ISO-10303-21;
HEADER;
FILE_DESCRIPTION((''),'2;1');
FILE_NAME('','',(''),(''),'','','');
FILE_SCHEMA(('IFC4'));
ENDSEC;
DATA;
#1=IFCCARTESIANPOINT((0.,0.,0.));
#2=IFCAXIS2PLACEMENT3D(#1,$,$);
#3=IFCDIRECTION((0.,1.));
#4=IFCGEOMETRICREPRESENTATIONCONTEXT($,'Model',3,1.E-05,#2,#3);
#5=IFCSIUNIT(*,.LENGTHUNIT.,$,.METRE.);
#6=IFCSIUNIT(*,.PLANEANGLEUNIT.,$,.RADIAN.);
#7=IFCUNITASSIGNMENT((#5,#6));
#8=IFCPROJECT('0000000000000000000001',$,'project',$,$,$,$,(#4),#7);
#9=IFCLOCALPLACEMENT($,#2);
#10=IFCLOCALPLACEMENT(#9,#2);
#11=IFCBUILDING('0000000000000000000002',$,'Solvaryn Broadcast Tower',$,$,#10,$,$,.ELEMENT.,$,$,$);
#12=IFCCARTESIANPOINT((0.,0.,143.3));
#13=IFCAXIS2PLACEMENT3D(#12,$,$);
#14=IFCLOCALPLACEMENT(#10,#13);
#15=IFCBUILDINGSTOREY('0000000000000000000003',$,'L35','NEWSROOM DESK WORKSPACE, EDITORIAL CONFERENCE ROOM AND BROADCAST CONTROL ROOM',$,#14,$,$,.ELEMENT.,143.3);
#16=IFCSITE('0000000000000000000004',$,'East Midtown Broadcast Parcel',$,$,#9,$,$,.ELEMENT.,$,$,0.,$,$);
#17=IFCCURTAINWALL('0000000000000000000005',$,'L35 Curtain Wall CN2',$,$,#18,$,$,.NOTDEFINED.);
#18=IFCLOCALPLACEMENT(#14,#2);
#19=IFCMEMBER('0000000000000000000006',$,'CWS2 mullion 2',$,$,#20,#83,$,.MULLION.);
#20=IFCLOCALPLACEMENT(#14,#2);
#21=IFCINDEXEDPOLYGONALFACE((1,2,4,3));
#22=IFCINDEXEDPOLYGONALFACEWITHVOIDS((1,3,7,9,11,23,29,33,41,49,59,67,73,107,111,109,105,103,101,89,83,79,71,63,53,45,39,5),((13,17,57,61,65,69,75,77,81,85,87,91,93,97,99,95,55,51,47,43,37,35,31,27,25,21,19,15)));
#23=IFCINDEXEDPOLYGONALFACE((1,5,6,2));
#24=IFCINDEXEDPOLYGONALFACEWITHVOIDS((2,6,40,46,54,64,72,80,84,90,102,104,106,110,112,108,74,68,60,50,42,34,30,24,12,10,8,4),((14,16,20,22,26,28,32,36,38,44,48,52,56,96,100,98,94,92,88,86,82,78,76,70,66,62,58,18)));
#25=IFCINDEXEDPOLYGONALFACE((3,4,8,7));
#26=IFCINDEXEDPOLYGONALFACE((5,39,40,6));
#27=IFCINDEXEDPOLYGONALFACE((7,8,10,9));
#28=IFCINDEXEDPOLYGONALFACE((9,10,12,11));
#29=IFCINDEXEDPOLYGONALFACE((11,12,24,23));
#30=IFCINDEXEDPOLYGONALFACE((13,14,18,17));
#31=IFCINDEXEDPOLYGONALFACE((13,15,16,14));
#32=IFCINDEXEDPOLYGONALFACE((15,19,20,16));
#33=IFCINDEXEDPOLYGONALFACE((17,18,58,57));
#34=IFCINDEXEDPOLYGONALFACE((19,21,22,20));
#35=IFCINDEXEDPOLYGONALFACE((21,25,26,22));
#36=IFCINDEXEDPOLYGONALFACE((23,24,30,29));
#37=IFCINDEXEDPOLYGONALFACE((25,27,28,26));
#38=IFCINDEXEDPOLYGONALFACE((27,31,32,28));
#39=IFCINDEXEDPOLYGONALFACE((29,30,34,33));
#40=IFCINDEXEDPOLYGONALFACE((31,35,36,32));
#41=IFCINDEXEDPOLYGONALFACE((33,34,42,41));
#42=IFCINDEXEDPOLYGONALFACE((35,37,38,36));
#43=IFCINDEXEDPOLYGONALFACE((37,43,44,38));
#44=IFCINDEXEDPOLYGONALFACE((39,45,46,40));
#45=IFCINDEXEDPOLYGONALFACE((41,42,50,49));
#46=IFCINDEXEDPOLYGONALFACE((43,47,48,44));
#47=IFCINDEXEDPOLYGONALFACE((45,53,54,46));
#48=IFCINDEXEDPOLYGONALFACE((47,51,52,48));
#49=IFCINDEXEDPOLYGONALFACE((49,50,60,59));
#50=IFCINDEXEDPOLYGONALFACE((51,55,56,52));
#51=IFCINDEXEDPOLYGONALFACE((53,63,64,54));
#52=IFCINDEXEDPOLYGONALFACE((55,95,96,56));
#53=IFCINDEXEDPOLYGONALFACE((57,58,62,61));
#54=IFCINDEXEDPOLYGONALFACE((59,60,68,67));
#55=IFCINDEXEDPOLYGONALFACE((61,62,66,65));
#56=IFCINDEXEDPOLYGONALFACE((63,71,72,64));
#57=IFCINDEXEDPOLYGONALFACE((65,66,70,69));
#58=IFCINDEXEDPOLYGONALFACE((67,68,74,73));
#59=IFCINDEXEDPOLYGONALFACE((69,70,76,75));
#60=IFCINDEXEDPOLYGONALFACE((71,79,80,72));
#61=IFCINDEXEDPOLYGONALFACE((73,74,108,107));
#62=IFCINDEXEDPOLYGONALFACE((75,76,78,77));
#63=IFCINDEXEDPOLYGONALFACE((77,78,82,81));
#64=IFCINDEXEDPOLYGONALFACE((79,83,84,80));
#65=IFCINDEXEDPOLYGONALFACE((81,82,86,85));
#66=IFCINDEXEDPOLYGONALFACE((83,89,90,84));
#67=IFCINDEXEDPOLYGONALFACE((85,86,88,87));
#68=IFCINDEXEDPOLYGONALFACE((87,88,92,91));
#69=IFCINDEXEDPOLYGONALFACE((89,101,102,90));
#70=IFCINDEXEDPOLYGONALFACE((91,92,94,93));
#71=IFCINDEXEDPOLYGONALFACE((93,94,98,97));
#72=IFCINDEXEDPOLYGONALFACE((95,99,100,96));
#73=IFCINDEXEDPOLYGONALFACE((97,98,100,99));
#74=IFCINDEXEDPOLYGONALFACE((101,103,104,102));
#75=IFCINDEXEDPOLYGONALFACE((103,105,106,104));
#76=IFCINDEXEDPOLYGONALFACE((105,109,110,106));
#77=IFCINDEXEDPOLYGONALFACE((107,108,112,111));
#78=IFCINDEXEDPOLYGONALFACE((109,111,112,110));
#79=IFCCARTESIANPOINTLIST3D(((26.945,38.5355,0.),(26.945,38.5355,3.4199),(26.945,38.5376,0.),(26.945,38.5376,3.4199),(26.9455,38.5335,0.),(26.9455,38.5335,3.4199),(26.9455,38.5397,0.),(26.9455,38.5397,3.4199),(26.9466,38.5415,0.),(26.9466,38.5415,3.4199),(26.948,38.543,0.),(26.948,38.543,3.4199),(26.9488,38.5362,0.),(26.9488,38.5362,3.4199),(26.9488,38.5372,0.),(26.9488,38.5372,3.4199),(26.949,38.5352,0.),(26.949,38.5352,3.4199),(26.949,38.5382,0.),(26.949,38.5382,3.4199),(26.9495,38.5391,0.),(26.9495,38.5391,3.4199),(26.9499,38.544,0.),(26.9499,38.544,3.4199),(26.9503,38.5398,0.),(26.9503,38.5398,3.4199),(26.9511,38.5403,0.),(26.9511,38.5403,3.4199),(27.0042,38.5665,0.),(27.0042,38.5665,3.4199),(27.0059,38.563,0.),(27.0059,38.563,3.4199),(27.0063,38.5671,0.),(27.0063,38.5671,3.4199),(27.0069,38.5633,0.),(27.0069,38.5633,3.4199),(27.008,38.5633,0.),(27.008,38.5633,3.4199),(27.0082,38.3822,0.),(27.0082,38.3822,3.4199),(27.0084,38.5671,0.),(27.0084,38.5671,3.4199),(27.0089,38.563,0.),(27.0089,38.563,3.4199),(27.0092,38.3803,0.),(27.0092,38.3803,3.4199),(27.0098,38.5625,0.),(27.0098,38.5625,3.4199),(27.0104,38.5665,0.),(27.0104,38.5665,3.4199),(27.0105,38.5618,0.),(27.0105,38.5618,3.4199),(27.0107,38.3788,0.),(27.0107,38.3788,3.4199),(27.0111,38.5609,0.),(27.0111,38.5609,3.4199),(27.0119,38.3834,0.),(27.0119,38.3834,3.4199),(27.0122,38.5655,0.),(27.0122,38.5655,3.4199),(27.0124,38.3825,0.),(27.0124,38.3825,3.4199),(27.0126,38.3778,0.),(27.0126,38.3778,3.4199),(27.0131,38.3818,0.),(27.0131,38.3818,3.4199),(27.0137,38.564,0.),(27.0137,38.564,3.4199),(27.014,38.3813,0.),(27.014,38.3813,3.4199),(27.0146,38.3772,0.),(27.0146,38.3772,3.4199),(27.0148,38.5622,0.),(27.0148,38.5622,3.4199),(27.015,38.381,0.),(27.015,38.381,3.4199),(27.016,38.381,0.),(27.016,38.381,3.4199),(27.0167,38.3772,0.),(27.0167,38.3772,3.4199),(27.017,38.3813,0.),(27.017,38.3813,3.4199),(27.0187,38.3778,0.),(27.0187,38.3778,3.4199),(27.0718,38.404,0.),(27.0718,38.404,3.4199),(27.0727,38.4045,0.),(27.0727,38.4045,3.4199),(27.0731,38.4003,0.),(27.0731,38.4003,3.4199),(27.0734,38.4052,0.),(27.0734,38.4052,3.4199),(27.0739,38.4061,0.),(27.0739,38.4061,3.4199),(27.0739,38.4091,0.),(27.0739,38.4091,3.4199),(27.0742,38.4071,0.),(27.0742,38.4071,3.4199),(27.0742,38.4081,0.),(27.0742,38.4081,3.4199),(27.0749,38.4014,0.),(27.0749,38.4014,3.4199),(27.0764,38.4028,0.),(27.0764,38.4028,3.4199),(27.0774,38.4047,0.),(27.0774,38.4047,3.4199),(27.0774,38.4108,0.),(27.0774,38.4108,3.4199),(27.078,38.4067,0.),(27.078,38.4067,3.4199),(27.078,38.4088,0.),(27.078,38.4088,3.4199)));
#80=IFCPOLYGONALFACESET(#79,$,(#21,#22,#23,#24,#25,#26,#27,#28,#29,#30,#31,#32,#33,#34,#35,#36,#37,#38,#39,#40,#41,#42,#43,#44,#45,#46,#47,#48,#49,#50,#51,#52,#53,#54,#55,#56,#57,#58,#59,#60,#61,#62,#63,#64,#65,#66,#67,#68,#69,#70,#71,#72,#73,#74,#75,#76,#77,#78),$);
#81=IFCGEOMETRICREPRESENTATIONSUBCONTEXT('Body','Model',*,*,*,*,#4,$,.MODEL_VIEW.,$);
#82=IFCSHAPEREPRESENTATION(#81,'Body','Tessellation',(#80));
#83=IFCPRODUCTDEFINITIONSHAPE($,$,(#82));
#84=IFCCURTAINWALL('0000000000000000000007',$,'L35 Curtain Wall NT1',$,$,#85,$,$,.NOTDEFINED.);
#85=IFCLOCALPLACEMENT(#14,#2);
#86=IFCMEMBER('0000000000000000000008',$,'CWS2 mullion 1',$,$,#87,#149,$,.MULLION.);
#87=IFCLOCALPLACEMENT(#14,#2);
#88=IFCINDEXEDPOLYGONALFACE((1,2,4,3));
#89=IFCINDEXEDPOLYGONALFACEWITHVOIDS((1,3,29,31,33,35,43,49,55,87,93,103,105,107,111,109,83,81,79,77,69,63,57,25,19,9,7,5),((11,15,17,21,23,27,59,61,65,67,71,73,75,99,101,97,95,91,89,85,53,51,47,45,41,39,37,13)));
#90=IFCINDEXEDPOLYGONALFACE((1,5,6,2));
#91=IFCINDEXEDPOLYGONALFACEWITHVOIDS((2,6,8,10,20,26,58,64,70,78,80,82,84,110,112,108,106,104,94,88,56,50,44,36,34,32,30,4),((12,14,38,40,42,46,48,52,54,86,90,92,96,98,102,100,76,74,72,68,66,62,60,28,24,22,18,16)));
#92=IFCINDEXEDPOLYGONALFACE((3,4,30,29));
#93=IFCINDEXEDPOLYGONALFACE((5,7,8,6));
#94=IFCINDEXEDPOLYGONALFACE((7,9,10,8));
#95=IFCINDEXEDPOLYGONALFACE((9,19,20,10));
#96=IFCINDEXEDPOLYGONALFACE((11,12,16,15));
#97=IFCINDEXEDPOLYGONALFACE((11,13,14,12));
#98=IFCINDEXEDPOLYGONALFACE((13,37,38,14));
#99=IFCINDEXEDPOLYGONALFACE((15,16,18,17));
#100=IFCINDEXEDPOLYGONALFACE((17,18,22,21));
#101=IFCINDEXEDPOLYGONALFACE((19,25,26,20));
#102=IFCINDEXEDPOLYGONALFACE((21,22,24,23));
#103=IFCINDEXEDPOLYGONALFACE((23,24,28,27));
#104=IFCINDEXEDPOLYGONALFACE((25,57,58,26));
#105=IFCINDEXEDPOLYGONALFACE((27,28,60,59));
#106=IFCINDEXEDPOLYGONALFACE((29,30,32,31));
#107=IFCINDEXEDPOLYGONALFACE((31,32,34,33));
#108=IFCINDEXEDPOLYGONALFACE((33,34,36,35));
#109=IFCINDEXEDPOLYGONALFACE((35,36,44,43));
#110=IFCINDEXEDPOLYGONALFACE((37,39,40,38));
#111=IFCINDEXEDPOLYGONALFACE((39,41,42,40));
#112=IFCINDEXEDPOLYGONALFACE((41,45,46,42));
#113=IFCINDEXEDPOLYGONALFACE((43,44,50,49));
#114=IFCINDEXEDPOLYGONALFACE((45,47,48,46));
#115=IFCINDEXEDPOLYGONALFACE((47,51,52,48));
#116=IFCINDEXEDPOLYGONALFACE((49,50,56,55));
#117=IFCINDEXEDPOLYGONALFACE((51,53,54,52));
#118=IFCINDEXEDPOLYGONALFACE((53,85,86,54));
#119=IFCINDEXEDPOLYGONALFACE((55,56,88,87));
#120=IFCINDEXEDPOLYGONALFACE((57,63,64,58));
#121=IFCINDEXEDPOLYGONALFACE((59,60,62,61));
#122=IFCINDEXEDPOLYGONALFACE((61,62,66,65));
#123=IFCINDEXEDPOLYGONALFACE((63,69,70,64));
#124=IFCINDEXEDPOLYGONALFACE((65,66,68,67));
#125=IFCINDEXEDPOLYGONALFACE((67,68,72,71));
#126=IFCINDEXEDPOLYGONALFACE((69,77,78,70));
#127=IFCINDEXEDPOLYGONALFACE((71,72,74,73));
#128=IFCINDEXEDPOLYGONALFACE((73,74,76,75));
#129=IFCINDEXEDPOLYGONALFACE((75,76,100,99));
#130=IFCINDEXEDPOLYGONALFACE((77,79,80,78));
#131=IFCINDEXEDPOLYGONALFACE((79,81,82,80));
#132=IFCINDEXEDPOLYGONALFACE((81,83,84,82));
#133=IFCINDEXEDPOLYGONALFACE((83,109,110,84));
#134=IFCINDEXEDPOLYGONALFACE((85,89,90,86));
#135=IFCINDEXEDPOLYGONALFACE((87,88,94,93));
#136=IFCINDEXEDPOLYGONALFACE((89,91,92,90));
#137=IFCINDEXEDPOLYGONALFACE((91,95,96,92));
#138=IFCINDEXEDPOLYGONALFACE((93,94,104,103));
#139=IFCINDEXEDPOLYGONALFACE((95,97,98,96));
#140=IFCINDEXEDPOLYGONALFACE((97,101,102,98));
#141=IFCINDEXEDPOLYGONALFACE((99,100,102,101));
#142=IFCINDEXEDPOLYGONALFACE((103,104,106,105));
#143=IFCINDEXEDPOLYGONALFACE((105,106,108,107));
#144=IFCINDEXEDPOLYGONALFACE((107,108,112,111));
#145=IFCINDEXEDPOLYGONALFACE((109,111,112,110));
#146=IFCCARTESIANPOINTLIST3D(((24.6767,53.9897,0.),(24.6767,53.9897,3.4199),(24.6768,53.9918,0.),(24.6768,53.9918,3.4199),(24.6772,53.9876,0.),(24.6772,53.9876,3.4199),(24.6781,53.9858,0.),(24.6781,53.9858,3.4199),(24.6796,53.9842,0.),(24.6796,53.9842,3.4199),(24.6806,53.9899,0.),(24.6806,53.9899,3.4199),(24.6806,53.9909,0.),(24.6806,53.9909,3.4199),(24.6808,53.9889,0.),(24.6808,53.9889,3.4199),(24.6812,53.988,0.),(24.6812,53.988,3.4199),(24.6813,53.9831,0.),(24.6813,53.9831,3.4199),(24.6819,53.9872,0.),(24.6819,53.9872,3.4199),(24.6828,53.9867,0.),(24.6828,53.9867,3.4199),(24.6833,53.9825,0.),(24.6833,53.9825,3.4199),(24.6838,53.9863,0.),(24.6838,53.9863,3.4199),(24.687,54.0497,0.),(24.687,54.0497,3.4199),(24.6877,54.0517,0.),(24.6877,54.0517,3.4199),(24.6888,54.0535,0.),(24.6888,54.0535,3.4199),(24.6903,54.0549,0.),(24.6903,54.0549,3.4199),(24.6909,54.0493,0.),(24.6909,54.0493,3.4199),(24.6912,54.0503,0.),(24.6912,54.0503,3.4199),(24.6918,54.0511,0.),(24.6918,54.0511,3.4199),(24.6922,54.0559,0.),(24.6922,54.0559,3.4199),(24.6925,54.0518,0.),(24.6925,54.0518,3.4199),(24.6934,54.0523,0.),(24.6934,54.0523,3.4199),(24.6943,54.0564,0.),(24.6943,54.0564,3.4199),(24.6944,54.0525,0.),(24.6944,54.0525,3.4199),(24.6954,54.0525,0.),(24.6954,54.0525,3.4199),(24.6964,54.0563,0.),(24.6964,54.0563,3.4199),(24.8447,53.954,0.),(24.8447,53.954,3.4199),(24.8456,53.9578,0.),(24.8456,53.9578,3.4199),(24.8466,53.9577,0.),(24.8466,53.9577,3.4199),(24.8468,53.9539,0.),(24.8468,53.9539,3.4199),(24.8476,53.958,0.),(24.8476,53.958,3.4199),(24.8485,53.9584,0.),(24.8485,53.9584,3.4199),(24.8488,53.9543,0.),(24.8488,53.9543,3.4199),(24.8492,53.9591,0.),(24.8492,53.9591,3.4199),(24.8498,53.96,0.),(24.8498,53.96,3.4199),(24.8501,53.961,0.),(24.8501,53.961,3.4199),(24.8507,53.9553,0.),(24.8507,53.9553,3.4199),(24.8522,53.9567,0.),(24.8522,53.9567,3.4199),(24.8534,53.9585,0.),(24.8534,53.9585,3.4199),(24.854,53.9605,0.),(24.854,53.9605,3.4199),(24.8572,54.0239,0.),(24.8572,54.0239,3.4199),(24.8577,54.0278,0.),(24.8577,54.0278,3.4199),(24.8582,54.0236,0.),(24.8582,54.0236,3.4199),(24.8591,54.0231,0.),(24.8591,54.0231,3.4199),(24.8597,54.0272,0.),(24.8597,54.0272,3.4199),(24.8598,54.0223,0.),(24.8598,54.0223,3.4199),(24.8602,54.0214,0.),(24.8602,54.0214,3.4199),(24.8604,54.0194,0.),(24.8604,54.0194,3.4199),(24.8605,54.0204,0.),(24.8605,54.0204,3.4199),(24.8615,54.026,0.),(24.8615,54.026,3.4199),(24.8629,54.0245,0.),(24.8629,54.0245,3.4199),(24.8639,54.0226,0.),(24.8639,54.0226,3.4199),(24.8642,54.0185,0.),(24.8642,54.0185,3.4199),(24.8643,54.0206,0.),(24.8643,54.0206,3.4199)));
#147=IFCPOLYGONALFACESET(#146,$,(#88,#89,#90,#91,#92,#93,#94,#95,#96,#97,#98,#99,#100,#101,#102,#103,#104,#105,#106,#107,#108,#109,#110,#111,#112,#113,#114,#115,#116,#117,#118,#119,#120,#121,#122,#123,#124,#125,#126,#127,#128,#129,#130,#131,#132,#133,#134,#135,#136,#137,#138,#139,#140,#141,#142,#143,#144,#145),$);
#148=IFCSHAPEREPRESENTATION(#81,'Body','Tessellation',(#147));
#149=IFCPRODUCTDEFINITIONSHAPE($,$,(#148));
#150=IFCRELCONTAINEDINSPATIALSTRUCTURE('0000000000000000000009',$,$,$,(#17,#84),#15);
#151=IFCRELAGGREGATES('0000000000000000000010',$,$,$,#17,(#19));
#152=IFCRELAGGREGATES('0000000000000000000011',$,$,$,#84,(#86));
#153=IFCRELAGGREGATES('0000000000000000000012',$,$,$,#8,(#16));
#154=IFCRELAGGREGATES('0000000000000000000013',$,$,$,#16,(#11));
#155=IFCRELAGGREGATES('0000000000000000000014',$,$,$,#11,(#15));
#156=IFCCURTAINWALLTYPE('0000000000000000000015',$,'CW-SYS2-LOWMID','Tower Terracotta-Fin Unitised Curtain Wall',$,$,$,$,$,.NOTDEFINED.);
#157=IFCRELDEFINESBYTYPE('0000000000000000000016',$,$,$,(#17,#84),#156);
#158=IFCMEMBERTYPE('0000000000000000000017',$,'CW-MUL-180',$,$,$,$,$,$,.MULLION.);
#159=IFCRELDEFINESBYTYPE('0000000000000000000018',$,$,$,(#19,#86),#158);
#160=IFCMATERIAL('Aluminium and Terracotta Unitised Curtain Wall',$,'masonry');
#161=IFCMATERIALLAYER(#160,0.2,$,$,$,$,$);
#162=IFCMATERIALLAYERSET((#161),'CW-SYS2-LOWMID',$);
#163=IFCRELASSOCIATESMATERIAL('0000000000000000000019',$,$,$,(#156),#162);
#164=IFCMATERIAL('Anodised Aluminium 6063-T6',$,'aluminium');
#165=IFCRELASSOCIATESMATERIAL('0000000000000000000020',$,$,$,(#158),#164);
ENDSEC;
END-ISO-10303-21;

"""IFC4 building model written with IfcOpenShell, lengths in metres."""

from ifc_helpers import new_model, si_unit, direction, frame, origin, origin_2d, place, context, subcontext, project, spatial, hollow_rectangle, extrude, material, layer, layer_set, material_profile, profile_set, type_object, element, aggregate, save


model = new_model("IFC4")

# Units and contexts
model_context = context("Model", 3, precision=1e-05, world=origin(), true_north=direction((0.0, 1.0)))
body_context = subcontext(model_context, "Body", "Model", "MODEL_VIEW")
ifc_project = project(units=[si_unit("LENGTHUNIT", "METRE"), si_unit("PLANEANGLEUNIT", "RADIAN")], contexts=[model_context])

# Site, building, storey
site_placement = place(None, origin())
site = spatial("IfcSite", under=ifc_project, at=site_placement, Name="East Midtown Broadcast Parcel", CompositionType="ELEMENT", RefElevation=0.0)
building_placement = place(site_placement, origin())
building = spatial("IfcBuilding", under=site, at=building_placement, Name="Solvaryn Broadcast Tower", CompositionType="ELEMENT")
storey_placement = place(building_placement, frame((0.0, 0.0, 143.3)))
storey = spatial("IfcBuildingStorey", under=building, at=storey_placement, Name="L35", Description="NEWSROOM DESK WORKSPACE, EDITORIAL CONFERENCE ROOM AND BROADCAST CONTROL ROOM", CompositionType="ELEMENT", Elevation=143.3)

# Shared definitions
ifc_material_1 = material(Name="Aluminium and Terracotta Unitised Curtain Wall", Category="masonry")
ifc_layer_1 = layer(ifc_material_1, 0.2)
ifc_layer_set_1 = layer_set([ifc_layer_1], Name="CW-SYS2-LOWMID")
curtain_wall_type = type_object("IfcCurtainWallType", Name="CW-SYS2-LOWMID", Description="Tower Terracotta-Fin Unitised Curtain Wall", PredefinedType="NOTDEFINED", material=ifc_layer_set_1)
ifc_material_2 = material(Name="Anodised Aluminium 6063-T6", Category="aluminium")
ifc_material_profile_1 = material_profile(ifc_material_2, hollow_rectangle(XDim=0.075, YDim=0.1799, WallThickness=0.0039, InnerFilletRadius=0.0039, OuterFilletRadius=0.0081, at=origin_2d()))
ifc_profile_set_1 = profile_set([ifc_material_profile_1], Name="Anodised Aluminium 6063-T6")
member_type_1 = type_object("IfcMemberType", Name="CW-MUL-180", PredefinedType="MULLION", material=ifc_profile_set_1)

# Curtain walls, members
curtain_wall_1_placement = place(storey_placement, origin())
curtain_wall_1 = element("IfcCurtainWall", 1, at=curtain_wall_1_placement, inside=storey, type_object=curtain_wall_type, Name="L35 Curtain Wall CN2", PredefinedType="NOTDEFINED")
member_1_placement = place(storey_placement, frame((27.0115, 38.4722, 0.0), z_axis=(0.0, 0.0, 1.0), x_axis=(-0.923895, -0.382646, 0.0)))
member_1 = element("IfcMember", 2, at=member_1_placement, type_object=member_type_1, Name="CWS2 mullion 2", PredefinedType="MULLION", context=body_context, shape_type="SweptSolid", body=[
    extrude(hollow_rectangle(XDim=0.075, YDim=0.1799, WallThickness=0.0039, InnerFilletRadius=0.0039, OuterFilletRadius=0.0081, at=origin_2d()), origin(), (0.0, 0.0, 1.0), 3.4199),
])
aggregate(curtain_wall_1, [member_1])
curtain_wall_2_placement = place(storey_placement, origin())
curtain_wall_2 = element("IfcCurtainWall", 3, at=curtain_wall_2_placement, inside=storey, type_object=curtain_wall_type, Name="L35 Curtain Wall NT1", PredefinedType="NOTDEFINED")
member_2_placement = place(storey_placement, frame((24.7705, 54.0051, 0.0), z_axis=(0.0, 0.0, 1.0), x_axis=(-0.173785, -0.984784, 0.0)))
member_2 = element("IfcMember", 4, at=member_2_placement, type_object=member_type_1, Name="CWS2 mullion 1", PredefinedType="MULLION", context=body_context, shape_type="SweptSolid", body=[
    extrude(hollow_rectangle(XDim=0.075, YDim=0.1799, WallThickness=0.0039, InnerFilletRadius=0.0039, OuterFilletRadius=0.0081, at=origin_2d()), origin(), (0.0, 0.0, 1.0), 3.4199),
])

aggregate(curtain_wall_2, [member_2])

save(model, "model.ifc")
